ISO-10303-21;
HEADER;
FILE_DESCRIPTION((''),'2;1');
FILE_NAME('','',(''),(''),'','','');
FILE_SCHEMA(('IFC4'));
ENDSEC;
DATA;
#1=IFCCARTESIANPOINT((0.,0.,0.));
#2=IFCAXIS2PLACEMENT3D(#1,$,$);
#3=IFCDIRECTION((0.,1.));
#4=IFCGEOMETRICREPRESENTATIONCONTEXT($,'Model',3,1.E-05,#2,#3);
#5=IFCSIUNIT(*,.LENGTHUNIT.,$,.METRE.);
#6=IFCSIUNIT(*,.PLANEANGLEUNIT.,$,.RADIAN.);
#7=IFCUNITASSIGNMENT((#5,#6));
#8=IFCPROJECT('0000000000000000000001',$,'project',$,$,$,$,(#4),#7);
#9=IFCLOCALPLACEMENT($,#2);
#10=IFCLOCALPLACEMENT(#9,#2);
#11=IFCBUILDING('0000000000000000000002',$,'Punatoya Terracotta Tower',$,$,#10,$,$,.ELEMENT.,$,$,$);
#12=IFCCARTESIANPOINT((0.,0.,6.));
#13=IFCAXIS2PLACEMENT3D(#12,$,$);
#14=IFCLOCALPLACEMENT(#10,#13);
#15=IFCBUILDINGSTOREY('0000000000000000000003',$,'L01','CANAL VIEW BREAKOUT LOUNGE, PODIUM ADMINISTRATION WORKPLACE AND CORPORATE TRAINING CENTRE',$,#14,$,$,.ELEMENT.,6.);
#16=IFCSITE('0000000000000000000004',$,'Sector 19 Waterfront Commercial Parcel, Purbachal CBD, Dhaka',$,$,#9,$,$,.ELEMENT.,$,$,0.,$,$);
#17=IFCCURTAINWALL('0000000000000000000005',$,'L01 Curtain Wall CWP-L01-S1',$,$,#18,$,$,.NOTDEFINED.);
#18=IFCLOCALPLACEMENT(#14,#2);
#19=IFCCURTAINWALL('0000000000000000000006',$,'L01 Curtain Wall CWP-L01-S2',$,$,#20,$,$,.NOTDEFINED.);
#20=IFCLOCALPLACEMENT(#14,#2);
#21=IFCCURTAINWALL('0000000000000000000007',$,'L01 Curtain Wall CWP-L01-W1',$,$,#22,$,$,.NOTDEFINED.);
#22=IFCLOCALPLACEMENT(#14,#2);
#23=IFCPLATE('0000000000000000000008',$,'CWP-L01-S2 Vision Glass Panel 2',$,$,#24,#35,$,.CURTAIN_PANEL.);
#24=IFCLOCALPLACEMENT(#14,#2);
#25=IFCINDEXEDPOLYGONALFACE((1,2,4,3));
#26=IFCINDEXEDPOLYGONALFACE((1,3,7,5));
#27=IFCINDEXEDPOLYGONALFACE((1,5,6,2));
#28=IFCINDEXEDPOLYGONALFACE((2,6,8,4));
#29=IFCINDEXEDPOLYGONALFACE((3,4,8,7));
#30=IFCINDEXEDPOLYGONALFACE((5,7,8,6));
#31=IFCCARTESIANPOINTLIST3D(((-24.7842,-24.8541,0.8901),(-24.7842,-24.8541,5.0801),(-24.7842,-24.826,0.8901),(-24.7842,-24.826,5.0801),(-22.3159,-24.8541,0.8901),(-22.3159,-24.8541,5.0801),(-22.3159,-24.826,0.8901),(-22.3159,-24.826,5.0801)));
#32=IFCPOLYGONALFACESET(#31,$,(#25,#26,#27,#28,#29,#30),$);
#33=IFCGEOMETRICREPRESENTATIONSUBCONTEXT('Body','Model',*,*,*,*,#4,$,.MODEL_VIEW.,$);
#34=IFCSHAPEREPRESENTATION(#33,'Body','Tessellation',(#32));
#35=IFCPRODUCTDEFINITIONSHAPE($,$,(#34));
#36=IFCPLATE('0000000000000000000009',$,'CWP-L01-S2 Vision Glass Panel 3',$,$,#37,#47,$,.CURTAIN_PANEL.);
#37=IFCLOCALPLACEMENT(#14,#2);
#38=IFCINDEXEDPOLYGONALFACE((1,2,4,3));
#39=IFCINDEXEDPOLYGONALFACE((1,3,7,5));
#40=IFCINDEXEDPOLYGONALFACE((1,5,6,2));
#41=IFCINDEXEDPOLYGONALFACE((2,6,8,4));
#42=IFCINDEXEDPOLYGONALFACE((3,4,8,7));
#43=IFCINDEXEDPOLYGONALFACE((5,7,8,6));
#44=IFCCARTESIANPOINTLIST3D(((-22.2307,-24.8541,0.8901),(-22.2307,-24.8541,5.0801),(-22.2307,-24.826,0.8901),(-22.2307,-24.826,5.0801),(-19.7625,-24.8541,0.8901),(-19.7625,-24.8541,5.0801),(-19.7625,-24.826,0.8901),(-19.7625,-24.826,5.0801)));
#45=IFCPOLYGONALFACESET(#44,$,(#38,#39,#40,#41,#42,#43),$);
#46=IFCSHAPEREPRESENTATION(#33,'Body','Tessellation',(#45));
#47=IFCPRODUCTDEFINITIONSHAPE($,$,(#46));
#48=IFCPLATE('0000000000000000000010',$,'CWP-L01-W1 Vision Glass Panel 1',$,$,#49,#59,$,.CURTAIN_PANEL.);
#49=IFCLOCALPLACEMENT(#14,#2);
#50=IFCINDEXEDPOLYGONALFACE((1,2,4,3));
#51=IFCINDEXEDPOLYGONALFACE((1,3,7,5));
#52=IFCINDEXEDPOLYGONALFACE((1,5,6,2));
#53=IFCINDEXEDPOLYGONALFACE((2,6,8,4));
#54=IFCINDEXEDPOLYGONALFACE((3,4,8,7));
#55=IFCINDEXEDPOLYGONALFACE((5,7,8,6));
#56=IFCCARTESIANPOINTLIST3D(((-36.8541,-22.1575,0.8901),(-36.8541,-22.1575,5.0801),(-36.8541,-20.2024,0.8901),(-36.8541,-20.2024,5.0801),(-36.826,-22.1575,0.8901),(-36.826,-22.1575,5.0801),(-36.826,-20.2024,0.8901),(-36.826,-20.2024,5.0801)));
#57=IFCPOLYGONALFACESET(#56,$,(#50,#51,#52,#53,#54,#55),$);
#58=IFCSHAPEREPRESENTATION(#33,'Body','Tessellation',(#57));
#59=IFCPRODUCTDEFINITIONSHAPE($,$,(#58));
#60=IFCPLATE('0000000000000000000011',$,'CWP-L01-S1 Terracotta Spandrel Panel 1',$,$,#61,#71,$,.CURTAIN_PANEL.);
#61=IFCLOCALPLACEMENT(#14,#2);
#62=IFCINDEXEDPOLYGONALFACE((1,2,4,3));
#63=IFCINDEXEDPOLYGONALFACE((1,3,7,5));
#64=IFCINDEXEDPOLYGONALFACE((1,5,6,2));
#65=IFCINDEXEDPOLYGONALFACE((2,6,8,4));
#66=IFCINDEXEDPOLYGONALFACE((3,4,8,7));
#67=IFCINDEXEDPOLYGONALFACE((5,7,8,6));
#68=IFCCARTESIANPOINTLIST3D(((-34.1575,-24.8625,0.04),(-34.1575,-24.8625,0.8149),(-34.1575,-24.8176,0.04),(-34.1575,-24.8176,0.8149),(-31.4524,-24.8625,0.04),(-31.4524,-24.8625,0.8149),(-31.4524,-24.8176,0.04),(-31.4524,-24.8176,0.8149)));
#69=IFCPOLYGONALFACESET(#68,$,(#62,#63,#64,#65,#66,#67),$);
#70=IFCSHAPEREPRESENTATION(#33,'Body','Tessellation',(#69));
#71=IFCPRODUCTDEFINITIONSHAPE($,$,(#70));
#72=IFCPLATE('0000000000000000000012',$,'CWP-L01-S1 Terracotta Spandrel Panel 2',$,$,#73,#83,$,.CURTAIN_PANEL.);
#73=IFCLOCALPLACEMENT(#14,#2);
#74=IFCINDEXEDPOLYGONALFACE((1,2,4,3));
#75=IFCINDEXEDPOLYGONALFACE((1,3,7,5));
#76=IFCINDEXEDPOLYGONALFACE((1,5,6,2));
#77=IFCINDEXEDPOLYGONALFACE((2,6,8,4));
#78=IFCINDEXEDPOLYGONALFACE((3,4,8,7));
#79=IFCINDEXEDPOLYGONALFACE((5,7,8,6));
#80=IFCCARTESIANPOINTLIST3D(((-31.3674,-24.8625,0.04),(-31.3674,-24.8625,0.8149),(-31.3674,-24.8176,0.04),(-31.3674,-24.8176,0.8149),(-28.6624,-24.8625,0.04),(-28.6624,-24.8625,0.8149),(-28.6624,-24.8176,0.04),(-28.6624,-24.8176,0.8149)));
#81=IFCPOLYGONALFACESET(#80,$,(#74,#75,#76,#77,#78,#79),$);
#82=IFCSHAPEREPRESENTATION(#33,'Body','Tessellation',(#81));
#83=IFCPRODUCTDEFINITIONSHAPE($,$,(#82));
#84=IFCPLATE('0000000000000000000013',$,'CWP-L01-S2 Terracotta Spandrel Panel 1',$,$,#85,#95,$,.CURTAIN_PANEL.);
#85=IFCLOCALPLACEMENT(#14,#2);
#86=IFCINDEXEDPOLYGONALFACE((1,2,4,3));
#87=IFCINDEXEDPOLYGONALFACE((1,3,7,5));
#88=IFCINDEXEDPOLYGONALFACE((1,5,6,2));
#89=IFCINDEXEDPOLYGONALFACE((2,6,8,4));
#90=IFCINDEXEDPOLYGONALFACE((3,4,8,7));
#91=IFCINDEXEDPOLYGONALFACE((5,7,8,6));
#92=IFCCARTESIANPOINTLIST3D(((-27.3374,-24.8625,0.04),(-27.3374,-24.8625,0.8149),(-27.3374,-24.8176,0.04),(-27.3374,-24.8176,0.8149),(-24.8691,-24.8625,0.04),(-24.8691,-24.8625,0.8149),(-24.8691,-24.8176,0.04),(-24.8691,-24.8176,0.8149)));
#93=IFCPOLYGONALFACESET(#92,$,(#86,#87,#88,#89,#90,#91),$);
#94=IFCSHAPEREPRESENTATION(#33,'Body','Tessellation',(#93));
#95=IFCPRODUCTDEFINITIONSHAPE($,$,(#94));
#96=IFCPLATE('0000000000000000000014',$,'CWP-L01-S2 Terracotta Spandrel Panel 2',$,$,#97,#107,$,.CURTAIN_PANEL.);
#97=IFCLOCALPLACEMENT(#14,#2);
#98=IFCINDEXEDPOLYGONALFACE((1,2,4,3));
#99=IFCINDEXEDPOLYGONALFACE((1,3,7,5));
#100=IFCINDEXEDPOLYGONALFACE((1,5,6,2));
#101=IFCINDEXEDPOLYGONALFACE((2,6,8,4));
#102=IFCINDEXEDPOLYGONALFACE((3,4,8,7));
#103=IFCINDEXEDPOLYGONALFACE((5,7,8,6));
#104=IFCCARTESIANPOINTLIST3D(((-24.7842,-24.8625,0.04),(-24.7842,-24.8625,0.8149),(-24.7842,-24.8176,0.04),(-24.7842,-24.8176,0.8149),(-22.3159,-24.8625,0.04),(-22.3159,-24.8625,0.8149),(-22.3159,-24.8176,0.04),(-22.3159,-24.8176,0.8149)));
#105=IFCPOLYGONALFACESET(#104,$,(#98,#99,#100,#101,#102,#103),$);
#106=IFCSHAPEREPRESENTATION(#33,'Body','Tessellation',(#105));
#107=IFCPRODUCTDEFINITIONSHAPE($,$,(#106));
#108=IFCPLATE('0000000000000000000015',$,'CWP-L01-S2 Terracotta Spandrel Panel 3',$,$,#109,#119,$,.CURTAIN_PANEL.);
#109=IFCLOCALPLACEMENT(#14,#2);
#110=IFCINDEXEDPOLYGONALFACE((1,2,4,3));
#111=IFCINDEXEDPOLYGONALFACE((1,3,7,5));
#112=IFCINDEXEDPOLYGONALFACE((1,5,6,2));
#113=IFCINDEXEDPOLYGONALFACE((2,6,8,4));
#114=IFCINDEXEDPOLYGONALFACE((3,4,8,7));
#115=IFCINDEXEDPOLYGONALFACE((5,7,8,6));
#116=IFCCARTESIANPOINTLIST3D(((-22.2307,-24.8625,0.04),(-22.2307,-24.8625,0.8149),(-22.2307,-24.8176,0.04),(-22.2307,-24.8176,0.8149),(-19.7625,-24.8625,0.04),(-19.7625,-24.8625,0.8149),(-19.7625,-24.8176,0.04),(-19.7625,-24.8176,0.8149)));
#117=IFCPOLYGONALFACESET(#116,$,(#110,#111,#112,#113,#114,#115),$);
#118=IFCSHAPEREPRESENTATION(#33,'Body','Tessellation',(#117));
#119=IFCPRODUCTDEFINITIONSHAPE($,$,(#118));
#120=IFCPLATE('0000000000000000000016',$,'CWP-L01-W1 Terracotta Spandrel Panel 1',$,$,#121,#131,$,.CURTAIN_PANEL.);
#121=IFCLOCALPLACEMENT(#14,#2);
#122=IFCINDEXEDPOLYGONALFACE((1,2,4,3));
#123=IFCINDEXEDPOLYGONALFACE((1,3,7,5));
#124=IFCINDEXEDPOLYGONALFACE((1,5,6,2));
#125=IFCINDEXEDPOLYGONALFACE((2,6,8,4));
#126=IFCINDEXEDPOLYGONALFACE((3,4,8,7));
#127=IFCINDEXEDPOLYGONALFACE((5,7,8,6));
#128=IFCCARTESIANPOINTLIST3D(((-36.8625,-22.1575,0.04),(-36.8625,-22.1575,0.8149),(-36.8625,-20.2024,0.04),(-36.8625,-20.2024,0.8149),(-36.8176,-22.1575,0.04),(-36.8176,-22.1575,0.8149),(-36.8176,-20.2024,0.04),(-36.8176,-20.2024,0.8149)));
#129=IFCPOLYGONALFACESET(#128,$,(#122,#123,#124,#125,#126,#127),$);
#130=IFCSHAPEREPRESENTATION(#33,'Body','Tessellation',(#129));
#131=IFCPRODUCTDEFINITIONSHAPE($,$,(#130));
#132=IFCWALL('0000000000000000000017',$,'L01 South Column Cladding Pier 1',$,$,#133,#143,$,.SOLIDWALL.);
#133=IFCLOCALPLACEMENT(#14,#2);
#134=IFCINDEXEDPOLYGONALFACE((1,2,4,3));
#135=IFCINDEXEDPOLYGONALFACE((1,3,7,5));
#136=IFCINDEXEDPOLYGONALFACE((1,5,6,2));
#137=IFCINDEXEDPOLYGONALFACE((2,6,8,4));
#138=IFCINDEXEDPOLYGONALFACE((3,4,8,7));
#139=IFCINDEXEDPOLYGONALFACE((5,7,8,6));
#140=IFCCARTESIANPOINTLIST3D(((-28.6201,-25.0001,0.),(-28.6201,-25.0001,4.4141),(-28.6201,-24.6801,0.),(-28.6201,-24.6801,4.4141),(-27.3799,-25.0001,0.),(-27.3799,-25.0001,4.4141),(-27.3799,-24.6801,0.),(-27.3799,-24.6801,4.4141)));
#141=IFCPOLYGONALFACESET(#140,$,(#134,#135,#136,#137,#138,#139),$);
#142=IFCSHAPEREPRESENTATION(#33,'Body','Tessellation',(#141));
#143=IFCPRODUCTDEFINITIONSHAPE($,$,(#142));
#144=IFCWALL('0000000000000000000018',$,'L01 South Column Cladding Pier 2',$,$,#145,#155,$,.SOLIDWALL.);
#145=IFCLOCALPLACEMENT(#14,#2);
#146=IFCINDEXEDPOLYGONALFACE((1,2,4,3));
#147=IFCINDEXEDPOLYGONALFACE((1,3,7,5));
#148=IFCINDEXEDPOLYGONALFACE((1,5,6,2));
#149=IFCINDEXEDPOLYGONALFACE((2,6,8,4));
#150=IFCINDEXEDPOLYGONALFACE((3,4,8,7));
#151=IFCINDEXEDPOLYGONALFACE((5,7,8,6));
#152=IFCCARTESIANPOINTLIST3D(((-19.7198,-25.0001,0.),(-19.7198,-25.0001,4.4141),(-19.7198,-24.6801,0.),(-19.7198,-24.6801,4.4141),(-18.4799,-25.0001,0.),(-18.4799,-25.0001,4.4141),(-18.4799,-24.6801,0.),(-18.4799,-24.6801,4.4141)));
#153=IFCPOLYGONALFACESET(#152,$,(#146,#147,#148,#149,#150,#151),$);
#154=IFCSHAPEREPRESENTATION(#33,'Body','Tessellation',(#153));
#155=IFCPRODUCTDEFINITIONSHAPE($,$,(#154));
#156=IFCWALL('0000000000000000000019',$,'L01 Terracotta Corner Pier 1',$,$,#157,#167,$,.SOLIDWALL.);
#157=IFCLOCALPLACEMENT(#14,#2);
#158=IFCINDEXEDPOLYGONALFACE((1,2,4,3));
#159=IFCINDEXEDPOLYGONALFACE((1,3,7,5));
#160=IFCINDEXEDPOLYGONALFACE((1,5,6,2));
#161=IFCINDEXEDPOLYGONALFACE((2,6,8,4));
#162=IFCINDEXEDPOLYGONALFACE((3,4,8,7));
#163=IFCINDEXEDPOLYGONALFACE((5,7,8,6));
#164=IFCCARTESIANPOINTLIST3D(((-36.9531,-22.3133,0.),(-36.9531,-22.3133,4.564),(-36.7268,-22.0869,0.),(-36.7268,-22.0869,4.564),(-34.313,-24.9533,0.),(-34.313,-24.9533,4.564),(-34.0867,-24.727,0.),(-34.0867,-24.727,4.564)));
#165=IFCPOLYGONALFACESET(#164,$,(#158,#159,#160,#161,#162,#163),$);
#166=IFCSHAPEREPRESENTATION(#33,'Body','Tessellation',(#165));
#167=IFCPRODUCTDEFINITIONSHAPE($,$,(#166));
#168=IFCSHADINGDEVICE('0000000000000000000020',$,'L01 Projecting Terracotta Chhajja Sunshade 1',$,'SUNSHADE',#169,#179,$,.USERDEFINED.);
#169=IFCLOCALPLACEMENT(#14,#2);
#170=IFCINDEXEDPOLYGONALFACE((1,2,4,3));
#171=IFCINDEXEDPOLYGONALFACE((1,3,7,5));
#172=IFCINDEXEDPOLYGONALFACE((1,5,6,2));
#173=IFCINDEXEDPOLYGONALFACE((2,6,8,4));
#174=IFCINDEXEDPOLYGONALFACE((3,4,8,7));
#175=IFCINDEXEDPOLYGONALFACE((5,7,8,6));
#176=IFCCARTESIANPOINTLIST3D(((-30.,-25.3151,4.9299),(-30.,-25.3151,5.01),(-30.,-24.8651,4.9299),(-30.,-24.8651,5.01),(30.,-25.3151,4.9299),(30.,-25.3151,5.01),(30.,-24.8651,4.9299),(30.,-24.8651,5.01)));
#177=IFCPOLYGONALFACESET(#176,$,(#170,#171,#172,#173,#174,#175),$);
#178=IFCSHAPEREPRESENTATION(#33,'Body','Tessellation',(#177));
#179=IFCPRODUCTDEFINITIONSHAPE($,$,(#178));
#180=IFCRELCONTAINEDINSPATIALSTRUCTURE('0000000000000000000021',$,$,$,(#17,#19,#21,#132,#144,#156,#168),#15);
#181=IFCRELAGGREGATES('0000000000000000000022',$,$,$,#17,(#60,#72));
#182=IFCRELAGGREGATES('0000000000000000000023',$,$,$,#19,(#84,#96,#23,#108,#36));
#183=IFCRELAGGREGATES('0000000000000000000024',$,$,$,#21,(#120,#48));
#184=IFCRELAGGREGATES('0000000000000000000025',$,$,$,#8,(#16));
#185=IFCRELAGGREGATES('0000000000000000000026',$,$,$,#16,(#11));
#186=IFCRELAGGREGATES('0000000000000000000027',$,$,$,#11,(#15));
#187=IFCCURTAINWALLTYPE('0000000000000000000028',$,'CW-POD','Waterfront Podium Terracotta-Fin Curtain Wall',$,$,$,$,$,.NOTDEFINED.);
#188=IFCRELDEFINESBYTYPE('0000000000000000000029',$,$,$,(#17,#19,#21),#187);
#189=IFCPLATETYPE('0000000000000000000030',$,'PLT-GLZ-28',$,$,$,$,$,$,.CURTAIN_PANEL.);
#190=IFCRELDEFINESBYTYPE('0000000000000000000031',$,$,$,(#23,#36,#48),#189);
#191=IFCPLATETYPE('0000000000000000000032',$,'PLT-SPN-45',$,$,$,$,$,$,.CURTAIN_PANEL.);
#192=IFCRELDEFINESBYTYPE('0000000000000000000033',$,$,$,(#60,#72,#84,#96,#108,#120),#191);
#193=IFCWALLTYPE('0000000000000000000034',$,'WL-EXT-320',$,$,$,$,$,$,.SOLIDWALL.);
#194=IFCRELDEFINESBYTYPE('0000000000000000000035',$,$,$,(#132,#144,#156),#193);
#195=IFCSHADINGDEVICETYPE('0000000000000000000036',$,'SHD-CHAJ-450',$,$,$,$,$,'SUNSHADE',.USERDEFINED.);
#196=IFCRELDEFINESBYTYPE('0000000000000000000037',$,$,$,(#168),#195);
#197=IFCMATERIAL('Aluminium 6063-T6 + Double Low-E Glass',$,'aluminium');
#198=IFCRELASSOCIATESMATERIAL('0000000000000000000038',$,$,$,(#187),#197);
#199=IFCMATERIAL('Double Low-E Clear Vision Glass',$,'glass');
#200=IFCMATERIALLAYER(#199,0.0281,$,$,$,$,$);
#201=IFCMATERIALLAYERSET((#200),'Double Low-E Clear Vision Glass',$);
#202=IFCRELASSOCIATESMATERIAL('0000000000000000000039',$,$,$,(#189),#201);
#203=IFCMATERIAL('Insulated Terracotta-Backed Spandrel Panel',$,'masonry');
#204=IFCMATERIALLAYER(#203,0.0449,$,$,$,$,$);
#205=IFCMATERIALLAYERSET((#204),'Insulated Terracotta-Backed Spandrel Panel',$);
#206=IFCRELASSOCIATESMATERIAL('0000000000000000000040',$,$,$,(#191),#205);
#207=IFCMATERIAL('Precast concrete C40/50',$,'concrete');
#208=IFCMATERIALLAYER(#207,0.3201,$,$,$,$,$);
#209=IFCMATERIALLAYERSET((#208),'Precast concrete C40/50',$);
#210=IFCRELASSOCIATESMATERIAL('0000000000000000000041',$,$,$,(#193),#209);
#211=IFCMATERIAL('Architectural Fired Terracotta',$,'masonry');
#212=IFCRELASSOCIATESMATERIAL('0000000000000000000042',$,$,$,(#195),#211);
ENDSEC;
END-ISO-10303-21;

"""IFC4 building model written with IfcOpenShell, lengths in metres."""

from ifc_helpers import new_model, si_unit, direction, frame, frame_2d, origin, origin_2d, place, context, subcontext, project, spatial, rectangle, extrude, material, layer, layer_set, material_profile, profile_set, type_object, element, aggregate, save


model = new_model("IFC4")

# Units and contexts
model_context = context("Model", 3, precision=1e-05, world=origin(), true_north=direction((0.0, 1.0)))
body_context = subcontext(model_context, "Body", "Model", "MODEL_VIEW")
ifc_project = project(units=[si_unit("LENGTHUNIT", "METRE"), si_unit("PLANEANGLEUNIT", "RADIAN")], contexts=[model_context])

# Site, building, storey
site_placement = place(None, origin())
site = spatial("IfcSite", under=ifc_project, at=site_placement, Name="Sector 19 Waterfront Commercial Parcel, Purbachal CBD, Dhaka", CompositionType="ELEMENT", RefElevation=0.0)
building_placement = place(site_placement, origin())
building = spatial("IfcBuilding", under=site, at=building_placement, Name="Punatoya Terracotta Tower", CompositionType="ELEMENT")
storey_placement = place(building_placement, frame((0.0, 0.0, 6.0)))
storey = spatial("IfcBuildingStorey", under=building, at=storey_placement, Name="L01", Description="CANAL VIEW BREAKOUT LOUNGE, PODIUM ADMINISTRATION WORKPLACE AND CORPORATE TRAINING CENTRE", CompositionType="ELEMENT", Elevation=6.0)

# Curtain walls
ifc_material_1 = material(Name="Aluminium 6063-T6 + Double Low-E Glass", Category="aluminium")
curtain_wall_type = type_object("IfcCurtainWallType", Name="CW-POD", Description="Waterfront Podium Terracotta-Fin Curtain Wall", PredefinedType="NOTDEFINED", material=ifc_material_1)
curtain_wall_1_placement = place(storey_placement, origin())
curtain_wall_1 = element("IfcCurtainWall", 1, at=curtain_wall_1_placement, inside=storey, type_object=curtain_wall_type, Name="L01 Curtain Wall CWP-L01-S1", PredefinedType="NOTDEFINED")
curtain_wall_2_placement = place(storey_placement, origin())
curtain_wall_2 = element("IfcCurtainWall", 2, at=curtain_wall_2_placement, inside=storey, type_object=curtain_wall_type, Name="L01 Curtain Wall CWP-L01-S2", PredefinedType="NOTDEFINED")

# Curtain wall
curtain_wall_3_placement = place(storey_placement, origin())
curtain_wall_3 = element("IfcCurtainWall", 3, at=curtain_wall_3_placement, inside=storey, type_object=curtain_wall_type, Name="L01 Curtain Wall CWP-L01-W1", PredefinedType="NOTDEFINED")

# Plates
ifc_material_2 = material(Name="Double Low-E Clear Vision Glass", Category="glass")
ifc_layer_1 = layer(ifc_material_2, 0.0281)
ifc_layer_set_1 = layer_set([ifc_layer_1], Name="Double Low-E Clear Vision Glass")
plate_type_1 = type_object("IfcPlateType", Name="PLT-GLZ-28", PredefinedType="CURTAIN_PANEL", material=ifc_layer_set_1)
plate_1_placement = place(storey_placement, frame((-23.55, -24.8401, 0.8901), z_axis=(0.0, 0.0, 1.0), x_axis=(1.0, 0.0, 0.0)))
plate_1 = element("IfcPlate", 4, at=plate_1_placement, type_object=plate_type_1, Name="CWP-L01-S2 Vision Glass Panel 2", PredefinedType="CURTAIN_PANEL", context=body_context, shape_type="SweptSolid", body=[
    extrude(rectangle(XDim=2.4683, YDim=0.0281, at=origin_2d()), origin(), (0.0, 0.0, 1.0), 4.1899),
])
plate_2_placement = place(storey_placement, frame((-20.9966, -24.8401, 0.8901), z_axis=(0.0, 0.0, 1.0), x_axis=(1.0, 0.0, 0.0)))
plate_2 = element("IfcPlate", 5, at=plate_2_placement, type_object=plate_type_1, Name="CWP-L01-S2 Vision Glass Panel 3", PredefinedType="CURTAIN_PANEL", context=body_context, shape_type="SweptSolid", body=[
    extrude(rectangle(XDim=2.4683, YDim=0.0281, at=origin_2d()), origin(), (0.0, 0.0, 1.0), 4.1899),
])
plate_3_placement = place(storey_placement, frame((-36.8401, -21.1799, 0.8901), z_axis=(0.0, 0.0, 1.0), x_axis=(0.0, 1.0, 0.0)))
plate_3 = element("IfcPlate", 6, at=plate_3_placement, type_object=plate_type_1, Name="CWP-L01-W1 Vision Glass Panel 1", PredefinedType="CURTAIN_PANEL", context=body_context, shape_type="SweptSolid", body=[
    extrude(rectangle(XDim=1.9551, YDim=0.0281, at=origin_2d()), origin(), (0.0, 0.0, 1.0), 4.1899),
])
ifc_material_3 = material(Name="Insulated Terracotta-Backed Spandrel Panel", Category="masonry")
ifc_layer_2 = layer(ifc_material_3, 0.0449)
ifc_layer_set_2 = layer_set([ifc_layer_2], Name="Insulated Terracotta-Backed Spandrel Panel")
plate_type_2 = type_object("IfcPlateType", Name="PLT-SPN-45", PredefinedType="CURTAIN_PANEL", material=ifc_layer_set_2)
plate_4_placement = place(storey_placement, frame((-32.8049, -24.8401, 0.04), z_axis=(0.0, 0.0, 1.0), x_axis=(1.0, 0.0, 0.0)))
plate_4 = element("IfcPlate", 7, at=plate_4_placement, type_object=plate_type_2, Name="CWP-L01-S1 Terracotta Spandrel Panel 1", PredefinedType="CURTAIN_PANEL", context=body_context, shape_type="SweptSolid", body=[
    extrude(rectangle(XDim=2.7051, YDim=0.0449, at=origin_2d()), origin(), (0.0, 0.0, 1.0), 0.7749),
])
plate_5_placement = place(storey_placement, frame((-30.0149, -24.8401, 0.04), z_axis=(0.0, 0.0, 1.0), x_axis=(1.0, 0.0, 0.0)))
plate_5 = element("IfcPlate", 8, at=plate_5_placement, type_object=plate_type_2, Name="CWP-L01-S1 Terracotta Spandrel Panel 2", PredefinedType="CURTAIN_PANEL", context=body_context, shape_type="SweptSolid", body=[
    extrude(rectangle(XDim=2.7051, YDim=0.0449, at=origin_2d()), origin(), (0.0, 0.0, 1.0), 0.7749),
])
aggregate(curtain_wall_1, [plate_4, plate_5])
plate_6_placement = place(storey_placement, frame((-26.1033, -24.8401, 0.04), z_axis=(0.0, 0.0, 1.0), x_axis=(1.0, 0.0, 0.0)))
plate_6 = element("IfcPlate", 9, at=plate_6_placement, type_object=plate_type_2, Name="CWP-L01-S2 Terracotta Spandrel Panel 1", PredefinedType="CURTAIN_PANEL", context=body_context, shape_type="SweptSolid", body=[
    extrude(rectangle(XDim=2.4683, YDim=0.0449, at=origin_2d()), origin(), (0.0, 0.0, 1.0), 0.7749),
])
plate_7_placement = place(storey_placement, frame((-23.55, -24.8401, 0.04), z_axis=(0.0, 0.0, 1.0), x_axis=(1.0, 0.0, 0.0)))
plate_7 = element("IfcPlate", 10, at=plate_7_placement, type_object=plate_type_2, Name="CWP-L01-S2 Terracotta Spandrel Panel 2", PredefinedType="CURTAIN_PANEL", context=body_context, shape_type="SweptSolid", body=[
    extrude(rectangle(XDim=2.4683, YDim=0.0449, at=origin_2d()), origin(), (0.0, 0.0, 1.0), 0.7749),
])
plate_8_placement = place(storey_placement, frame((-20.9966, -24.8401, 0.04), z_axis=(0.0, 0.0, 1.0), x_axis=(1.0, 0.0, 0.0)))
plate_8 = element("IfcPlate", 11, at=plate_8_placement, type_object=plate_type_2, Name="CWP-L01-S2 Terracotta Spandrel Panel 3", PredefinedType="CURTAIN_PANEL", context=body_context, shape_type="SweptSolid", body=[
    extrude(rectangle(XDim=2.4683, YDim=0.0449, at=origin_2d()), origin(), (0.0, 0.0, 1.0), 0.7749),
])
aggregate(curtain_wall_2, [plate_6, plate_7, plate_1, plate_8, plate_2])
plate_9_placement = place(storey_placement, frame((-36.8401, -21.1799, 0.04), z_axis=(0.0, 0.0, 1.0), x_axis=(0.0, 1.0, 0.0)))
plate_9 = element("IfcPlate", 12, at=plate_9_placement, type_object=plate_type_2, Name="CWP-L01-W1 Terracotta Spandrel Panel 1", PredefinedType="CURTAIN_PANEL", context=body_context, shape_type="SweptSolid", body=[
    extrude(rectangle(XDim=1.9551, YDim=0.0449, at=origin_2d()), origin(), (0.0, 0.0, 1.0), 0.7749),
])
aggregate(curtain_wall_3, [plate_9, plate_3])

# Walls
ifc_material_4 = material(Name="Precast concrete C40/50", Category="concrete")
ifc_layer_3 = layer(ifc_material_4, 0.3201)
ifc_layer_set_3 = layer_set([ifc_layer_3], Name="Precast concrete C40/50")
wall_type = type_object("IfcWallType", Name="WL-EXT-320", PredefinedType="SOLIDWALL", material=ifc_layer_set_3)
wall_1_placement = place(storey_placement, frame((-28.6201, -24.8401, 0.0), z_axis=(0.0, 0.0, 1.0), x_axis=(1.0, 0.0, 0.0)))
element("IfcWall", 13, at=wall_1_placement, inside=storey, type_object=wall_type, Name="L01 South Column Cladding Pier 1", PredefinedType="SOLIDWALL", context=body_context, shape_type="SweptSolid", body=[
    extrude(rectangle(XDim=1.2402, YDim=0.3201, at=frame_2d((0.6201, 0.0))), origin(), (0.0, 0.0, 1.0), 4.4141),
])
wall_2_placement = place(storey_placement, frame((-19.72, -24.8401, 0.0), z_axis=(0.0, 0.0, 1.0), x_axis=(1.0, 0.0, 0.0)))
element("IfcWall", 14, at=wall_2_placement, inside=storey, type_object=wall_type, Name="L01 South Column Cladding Pier 2", PredefinedType="SOLIDWALL", context=body_context, shape_type="SweptSolid", body=[
    extrude(rectangle(XDim=1.24, YDim=0.3201, at=frame_2d((0.6201, 0.0))), origin(), (0.0, 0.0, 1.0), 4.4141),
])
wall_3_placement = place(storey_placement, frame((-34.2, -24.8401, 0.0), z_axis=(0.0, 0.0, 1.0), x_axis=(-0.707107, 0.707107, 0.0)))
element("IfcWall", 15, at=wall_3_placement, inside=storey, type_object=wall_type, Name="L01 Terracotta Corner Pier 1", PredefinedType="SOLIDWALL", context=body_context, shape_type="SweptSolid", body=[
    extrude(rectangle(XDim=3.7336, YDim=0.3201, at=frame_2d((1.8667, 0.0))), origin(), (0.0, 0.0, 1.0), 4.564),
])

# Shading device
ifc_material_5 = material(Name="Architectural Fired Terracotta", Category="masonry")
ifc_material_profile_1 = material_profile(ifc_material_5, rectangle(XDim=0.45, YDim=0.0801, at=origin_2d()))
ifc_profile_set_1 = profile_set([ifc_material_profile_1], Name="Architectural Fired Terracotta")
shading_device_type = type_object("IfcShadingDeviceType", Name="SHD-CHAJ-450", ElementType="SUNSHADE", PredefinedType="USERDEFINED", material=ifc_profile_set_1)
shading_device_placement = place(storey_placement, frame((-30.0, -25.0901, 4.97), z_axis=(1.0, 0.0, 0.0), x_axis=(0.0, 1.0, 0.0)))
element("IfcShadingDevice", 16, at=shading_device_placement, inside=storey, type_object=shading_device_type, Name="L01 Projecting Terracotta Chhajja Sunshade 1", ObjectType="SUNSHADE", PredefinedType="USERDEFINED", context=body_context, shape_type="SweptSolid", body=[
    extrude(rectangle(XDim=0.45, YDim=0.0801, at=origin_2d()), origin(), (0.0, 0.0, 1.0), 60.0),
])

save(model, "model.ifc")
